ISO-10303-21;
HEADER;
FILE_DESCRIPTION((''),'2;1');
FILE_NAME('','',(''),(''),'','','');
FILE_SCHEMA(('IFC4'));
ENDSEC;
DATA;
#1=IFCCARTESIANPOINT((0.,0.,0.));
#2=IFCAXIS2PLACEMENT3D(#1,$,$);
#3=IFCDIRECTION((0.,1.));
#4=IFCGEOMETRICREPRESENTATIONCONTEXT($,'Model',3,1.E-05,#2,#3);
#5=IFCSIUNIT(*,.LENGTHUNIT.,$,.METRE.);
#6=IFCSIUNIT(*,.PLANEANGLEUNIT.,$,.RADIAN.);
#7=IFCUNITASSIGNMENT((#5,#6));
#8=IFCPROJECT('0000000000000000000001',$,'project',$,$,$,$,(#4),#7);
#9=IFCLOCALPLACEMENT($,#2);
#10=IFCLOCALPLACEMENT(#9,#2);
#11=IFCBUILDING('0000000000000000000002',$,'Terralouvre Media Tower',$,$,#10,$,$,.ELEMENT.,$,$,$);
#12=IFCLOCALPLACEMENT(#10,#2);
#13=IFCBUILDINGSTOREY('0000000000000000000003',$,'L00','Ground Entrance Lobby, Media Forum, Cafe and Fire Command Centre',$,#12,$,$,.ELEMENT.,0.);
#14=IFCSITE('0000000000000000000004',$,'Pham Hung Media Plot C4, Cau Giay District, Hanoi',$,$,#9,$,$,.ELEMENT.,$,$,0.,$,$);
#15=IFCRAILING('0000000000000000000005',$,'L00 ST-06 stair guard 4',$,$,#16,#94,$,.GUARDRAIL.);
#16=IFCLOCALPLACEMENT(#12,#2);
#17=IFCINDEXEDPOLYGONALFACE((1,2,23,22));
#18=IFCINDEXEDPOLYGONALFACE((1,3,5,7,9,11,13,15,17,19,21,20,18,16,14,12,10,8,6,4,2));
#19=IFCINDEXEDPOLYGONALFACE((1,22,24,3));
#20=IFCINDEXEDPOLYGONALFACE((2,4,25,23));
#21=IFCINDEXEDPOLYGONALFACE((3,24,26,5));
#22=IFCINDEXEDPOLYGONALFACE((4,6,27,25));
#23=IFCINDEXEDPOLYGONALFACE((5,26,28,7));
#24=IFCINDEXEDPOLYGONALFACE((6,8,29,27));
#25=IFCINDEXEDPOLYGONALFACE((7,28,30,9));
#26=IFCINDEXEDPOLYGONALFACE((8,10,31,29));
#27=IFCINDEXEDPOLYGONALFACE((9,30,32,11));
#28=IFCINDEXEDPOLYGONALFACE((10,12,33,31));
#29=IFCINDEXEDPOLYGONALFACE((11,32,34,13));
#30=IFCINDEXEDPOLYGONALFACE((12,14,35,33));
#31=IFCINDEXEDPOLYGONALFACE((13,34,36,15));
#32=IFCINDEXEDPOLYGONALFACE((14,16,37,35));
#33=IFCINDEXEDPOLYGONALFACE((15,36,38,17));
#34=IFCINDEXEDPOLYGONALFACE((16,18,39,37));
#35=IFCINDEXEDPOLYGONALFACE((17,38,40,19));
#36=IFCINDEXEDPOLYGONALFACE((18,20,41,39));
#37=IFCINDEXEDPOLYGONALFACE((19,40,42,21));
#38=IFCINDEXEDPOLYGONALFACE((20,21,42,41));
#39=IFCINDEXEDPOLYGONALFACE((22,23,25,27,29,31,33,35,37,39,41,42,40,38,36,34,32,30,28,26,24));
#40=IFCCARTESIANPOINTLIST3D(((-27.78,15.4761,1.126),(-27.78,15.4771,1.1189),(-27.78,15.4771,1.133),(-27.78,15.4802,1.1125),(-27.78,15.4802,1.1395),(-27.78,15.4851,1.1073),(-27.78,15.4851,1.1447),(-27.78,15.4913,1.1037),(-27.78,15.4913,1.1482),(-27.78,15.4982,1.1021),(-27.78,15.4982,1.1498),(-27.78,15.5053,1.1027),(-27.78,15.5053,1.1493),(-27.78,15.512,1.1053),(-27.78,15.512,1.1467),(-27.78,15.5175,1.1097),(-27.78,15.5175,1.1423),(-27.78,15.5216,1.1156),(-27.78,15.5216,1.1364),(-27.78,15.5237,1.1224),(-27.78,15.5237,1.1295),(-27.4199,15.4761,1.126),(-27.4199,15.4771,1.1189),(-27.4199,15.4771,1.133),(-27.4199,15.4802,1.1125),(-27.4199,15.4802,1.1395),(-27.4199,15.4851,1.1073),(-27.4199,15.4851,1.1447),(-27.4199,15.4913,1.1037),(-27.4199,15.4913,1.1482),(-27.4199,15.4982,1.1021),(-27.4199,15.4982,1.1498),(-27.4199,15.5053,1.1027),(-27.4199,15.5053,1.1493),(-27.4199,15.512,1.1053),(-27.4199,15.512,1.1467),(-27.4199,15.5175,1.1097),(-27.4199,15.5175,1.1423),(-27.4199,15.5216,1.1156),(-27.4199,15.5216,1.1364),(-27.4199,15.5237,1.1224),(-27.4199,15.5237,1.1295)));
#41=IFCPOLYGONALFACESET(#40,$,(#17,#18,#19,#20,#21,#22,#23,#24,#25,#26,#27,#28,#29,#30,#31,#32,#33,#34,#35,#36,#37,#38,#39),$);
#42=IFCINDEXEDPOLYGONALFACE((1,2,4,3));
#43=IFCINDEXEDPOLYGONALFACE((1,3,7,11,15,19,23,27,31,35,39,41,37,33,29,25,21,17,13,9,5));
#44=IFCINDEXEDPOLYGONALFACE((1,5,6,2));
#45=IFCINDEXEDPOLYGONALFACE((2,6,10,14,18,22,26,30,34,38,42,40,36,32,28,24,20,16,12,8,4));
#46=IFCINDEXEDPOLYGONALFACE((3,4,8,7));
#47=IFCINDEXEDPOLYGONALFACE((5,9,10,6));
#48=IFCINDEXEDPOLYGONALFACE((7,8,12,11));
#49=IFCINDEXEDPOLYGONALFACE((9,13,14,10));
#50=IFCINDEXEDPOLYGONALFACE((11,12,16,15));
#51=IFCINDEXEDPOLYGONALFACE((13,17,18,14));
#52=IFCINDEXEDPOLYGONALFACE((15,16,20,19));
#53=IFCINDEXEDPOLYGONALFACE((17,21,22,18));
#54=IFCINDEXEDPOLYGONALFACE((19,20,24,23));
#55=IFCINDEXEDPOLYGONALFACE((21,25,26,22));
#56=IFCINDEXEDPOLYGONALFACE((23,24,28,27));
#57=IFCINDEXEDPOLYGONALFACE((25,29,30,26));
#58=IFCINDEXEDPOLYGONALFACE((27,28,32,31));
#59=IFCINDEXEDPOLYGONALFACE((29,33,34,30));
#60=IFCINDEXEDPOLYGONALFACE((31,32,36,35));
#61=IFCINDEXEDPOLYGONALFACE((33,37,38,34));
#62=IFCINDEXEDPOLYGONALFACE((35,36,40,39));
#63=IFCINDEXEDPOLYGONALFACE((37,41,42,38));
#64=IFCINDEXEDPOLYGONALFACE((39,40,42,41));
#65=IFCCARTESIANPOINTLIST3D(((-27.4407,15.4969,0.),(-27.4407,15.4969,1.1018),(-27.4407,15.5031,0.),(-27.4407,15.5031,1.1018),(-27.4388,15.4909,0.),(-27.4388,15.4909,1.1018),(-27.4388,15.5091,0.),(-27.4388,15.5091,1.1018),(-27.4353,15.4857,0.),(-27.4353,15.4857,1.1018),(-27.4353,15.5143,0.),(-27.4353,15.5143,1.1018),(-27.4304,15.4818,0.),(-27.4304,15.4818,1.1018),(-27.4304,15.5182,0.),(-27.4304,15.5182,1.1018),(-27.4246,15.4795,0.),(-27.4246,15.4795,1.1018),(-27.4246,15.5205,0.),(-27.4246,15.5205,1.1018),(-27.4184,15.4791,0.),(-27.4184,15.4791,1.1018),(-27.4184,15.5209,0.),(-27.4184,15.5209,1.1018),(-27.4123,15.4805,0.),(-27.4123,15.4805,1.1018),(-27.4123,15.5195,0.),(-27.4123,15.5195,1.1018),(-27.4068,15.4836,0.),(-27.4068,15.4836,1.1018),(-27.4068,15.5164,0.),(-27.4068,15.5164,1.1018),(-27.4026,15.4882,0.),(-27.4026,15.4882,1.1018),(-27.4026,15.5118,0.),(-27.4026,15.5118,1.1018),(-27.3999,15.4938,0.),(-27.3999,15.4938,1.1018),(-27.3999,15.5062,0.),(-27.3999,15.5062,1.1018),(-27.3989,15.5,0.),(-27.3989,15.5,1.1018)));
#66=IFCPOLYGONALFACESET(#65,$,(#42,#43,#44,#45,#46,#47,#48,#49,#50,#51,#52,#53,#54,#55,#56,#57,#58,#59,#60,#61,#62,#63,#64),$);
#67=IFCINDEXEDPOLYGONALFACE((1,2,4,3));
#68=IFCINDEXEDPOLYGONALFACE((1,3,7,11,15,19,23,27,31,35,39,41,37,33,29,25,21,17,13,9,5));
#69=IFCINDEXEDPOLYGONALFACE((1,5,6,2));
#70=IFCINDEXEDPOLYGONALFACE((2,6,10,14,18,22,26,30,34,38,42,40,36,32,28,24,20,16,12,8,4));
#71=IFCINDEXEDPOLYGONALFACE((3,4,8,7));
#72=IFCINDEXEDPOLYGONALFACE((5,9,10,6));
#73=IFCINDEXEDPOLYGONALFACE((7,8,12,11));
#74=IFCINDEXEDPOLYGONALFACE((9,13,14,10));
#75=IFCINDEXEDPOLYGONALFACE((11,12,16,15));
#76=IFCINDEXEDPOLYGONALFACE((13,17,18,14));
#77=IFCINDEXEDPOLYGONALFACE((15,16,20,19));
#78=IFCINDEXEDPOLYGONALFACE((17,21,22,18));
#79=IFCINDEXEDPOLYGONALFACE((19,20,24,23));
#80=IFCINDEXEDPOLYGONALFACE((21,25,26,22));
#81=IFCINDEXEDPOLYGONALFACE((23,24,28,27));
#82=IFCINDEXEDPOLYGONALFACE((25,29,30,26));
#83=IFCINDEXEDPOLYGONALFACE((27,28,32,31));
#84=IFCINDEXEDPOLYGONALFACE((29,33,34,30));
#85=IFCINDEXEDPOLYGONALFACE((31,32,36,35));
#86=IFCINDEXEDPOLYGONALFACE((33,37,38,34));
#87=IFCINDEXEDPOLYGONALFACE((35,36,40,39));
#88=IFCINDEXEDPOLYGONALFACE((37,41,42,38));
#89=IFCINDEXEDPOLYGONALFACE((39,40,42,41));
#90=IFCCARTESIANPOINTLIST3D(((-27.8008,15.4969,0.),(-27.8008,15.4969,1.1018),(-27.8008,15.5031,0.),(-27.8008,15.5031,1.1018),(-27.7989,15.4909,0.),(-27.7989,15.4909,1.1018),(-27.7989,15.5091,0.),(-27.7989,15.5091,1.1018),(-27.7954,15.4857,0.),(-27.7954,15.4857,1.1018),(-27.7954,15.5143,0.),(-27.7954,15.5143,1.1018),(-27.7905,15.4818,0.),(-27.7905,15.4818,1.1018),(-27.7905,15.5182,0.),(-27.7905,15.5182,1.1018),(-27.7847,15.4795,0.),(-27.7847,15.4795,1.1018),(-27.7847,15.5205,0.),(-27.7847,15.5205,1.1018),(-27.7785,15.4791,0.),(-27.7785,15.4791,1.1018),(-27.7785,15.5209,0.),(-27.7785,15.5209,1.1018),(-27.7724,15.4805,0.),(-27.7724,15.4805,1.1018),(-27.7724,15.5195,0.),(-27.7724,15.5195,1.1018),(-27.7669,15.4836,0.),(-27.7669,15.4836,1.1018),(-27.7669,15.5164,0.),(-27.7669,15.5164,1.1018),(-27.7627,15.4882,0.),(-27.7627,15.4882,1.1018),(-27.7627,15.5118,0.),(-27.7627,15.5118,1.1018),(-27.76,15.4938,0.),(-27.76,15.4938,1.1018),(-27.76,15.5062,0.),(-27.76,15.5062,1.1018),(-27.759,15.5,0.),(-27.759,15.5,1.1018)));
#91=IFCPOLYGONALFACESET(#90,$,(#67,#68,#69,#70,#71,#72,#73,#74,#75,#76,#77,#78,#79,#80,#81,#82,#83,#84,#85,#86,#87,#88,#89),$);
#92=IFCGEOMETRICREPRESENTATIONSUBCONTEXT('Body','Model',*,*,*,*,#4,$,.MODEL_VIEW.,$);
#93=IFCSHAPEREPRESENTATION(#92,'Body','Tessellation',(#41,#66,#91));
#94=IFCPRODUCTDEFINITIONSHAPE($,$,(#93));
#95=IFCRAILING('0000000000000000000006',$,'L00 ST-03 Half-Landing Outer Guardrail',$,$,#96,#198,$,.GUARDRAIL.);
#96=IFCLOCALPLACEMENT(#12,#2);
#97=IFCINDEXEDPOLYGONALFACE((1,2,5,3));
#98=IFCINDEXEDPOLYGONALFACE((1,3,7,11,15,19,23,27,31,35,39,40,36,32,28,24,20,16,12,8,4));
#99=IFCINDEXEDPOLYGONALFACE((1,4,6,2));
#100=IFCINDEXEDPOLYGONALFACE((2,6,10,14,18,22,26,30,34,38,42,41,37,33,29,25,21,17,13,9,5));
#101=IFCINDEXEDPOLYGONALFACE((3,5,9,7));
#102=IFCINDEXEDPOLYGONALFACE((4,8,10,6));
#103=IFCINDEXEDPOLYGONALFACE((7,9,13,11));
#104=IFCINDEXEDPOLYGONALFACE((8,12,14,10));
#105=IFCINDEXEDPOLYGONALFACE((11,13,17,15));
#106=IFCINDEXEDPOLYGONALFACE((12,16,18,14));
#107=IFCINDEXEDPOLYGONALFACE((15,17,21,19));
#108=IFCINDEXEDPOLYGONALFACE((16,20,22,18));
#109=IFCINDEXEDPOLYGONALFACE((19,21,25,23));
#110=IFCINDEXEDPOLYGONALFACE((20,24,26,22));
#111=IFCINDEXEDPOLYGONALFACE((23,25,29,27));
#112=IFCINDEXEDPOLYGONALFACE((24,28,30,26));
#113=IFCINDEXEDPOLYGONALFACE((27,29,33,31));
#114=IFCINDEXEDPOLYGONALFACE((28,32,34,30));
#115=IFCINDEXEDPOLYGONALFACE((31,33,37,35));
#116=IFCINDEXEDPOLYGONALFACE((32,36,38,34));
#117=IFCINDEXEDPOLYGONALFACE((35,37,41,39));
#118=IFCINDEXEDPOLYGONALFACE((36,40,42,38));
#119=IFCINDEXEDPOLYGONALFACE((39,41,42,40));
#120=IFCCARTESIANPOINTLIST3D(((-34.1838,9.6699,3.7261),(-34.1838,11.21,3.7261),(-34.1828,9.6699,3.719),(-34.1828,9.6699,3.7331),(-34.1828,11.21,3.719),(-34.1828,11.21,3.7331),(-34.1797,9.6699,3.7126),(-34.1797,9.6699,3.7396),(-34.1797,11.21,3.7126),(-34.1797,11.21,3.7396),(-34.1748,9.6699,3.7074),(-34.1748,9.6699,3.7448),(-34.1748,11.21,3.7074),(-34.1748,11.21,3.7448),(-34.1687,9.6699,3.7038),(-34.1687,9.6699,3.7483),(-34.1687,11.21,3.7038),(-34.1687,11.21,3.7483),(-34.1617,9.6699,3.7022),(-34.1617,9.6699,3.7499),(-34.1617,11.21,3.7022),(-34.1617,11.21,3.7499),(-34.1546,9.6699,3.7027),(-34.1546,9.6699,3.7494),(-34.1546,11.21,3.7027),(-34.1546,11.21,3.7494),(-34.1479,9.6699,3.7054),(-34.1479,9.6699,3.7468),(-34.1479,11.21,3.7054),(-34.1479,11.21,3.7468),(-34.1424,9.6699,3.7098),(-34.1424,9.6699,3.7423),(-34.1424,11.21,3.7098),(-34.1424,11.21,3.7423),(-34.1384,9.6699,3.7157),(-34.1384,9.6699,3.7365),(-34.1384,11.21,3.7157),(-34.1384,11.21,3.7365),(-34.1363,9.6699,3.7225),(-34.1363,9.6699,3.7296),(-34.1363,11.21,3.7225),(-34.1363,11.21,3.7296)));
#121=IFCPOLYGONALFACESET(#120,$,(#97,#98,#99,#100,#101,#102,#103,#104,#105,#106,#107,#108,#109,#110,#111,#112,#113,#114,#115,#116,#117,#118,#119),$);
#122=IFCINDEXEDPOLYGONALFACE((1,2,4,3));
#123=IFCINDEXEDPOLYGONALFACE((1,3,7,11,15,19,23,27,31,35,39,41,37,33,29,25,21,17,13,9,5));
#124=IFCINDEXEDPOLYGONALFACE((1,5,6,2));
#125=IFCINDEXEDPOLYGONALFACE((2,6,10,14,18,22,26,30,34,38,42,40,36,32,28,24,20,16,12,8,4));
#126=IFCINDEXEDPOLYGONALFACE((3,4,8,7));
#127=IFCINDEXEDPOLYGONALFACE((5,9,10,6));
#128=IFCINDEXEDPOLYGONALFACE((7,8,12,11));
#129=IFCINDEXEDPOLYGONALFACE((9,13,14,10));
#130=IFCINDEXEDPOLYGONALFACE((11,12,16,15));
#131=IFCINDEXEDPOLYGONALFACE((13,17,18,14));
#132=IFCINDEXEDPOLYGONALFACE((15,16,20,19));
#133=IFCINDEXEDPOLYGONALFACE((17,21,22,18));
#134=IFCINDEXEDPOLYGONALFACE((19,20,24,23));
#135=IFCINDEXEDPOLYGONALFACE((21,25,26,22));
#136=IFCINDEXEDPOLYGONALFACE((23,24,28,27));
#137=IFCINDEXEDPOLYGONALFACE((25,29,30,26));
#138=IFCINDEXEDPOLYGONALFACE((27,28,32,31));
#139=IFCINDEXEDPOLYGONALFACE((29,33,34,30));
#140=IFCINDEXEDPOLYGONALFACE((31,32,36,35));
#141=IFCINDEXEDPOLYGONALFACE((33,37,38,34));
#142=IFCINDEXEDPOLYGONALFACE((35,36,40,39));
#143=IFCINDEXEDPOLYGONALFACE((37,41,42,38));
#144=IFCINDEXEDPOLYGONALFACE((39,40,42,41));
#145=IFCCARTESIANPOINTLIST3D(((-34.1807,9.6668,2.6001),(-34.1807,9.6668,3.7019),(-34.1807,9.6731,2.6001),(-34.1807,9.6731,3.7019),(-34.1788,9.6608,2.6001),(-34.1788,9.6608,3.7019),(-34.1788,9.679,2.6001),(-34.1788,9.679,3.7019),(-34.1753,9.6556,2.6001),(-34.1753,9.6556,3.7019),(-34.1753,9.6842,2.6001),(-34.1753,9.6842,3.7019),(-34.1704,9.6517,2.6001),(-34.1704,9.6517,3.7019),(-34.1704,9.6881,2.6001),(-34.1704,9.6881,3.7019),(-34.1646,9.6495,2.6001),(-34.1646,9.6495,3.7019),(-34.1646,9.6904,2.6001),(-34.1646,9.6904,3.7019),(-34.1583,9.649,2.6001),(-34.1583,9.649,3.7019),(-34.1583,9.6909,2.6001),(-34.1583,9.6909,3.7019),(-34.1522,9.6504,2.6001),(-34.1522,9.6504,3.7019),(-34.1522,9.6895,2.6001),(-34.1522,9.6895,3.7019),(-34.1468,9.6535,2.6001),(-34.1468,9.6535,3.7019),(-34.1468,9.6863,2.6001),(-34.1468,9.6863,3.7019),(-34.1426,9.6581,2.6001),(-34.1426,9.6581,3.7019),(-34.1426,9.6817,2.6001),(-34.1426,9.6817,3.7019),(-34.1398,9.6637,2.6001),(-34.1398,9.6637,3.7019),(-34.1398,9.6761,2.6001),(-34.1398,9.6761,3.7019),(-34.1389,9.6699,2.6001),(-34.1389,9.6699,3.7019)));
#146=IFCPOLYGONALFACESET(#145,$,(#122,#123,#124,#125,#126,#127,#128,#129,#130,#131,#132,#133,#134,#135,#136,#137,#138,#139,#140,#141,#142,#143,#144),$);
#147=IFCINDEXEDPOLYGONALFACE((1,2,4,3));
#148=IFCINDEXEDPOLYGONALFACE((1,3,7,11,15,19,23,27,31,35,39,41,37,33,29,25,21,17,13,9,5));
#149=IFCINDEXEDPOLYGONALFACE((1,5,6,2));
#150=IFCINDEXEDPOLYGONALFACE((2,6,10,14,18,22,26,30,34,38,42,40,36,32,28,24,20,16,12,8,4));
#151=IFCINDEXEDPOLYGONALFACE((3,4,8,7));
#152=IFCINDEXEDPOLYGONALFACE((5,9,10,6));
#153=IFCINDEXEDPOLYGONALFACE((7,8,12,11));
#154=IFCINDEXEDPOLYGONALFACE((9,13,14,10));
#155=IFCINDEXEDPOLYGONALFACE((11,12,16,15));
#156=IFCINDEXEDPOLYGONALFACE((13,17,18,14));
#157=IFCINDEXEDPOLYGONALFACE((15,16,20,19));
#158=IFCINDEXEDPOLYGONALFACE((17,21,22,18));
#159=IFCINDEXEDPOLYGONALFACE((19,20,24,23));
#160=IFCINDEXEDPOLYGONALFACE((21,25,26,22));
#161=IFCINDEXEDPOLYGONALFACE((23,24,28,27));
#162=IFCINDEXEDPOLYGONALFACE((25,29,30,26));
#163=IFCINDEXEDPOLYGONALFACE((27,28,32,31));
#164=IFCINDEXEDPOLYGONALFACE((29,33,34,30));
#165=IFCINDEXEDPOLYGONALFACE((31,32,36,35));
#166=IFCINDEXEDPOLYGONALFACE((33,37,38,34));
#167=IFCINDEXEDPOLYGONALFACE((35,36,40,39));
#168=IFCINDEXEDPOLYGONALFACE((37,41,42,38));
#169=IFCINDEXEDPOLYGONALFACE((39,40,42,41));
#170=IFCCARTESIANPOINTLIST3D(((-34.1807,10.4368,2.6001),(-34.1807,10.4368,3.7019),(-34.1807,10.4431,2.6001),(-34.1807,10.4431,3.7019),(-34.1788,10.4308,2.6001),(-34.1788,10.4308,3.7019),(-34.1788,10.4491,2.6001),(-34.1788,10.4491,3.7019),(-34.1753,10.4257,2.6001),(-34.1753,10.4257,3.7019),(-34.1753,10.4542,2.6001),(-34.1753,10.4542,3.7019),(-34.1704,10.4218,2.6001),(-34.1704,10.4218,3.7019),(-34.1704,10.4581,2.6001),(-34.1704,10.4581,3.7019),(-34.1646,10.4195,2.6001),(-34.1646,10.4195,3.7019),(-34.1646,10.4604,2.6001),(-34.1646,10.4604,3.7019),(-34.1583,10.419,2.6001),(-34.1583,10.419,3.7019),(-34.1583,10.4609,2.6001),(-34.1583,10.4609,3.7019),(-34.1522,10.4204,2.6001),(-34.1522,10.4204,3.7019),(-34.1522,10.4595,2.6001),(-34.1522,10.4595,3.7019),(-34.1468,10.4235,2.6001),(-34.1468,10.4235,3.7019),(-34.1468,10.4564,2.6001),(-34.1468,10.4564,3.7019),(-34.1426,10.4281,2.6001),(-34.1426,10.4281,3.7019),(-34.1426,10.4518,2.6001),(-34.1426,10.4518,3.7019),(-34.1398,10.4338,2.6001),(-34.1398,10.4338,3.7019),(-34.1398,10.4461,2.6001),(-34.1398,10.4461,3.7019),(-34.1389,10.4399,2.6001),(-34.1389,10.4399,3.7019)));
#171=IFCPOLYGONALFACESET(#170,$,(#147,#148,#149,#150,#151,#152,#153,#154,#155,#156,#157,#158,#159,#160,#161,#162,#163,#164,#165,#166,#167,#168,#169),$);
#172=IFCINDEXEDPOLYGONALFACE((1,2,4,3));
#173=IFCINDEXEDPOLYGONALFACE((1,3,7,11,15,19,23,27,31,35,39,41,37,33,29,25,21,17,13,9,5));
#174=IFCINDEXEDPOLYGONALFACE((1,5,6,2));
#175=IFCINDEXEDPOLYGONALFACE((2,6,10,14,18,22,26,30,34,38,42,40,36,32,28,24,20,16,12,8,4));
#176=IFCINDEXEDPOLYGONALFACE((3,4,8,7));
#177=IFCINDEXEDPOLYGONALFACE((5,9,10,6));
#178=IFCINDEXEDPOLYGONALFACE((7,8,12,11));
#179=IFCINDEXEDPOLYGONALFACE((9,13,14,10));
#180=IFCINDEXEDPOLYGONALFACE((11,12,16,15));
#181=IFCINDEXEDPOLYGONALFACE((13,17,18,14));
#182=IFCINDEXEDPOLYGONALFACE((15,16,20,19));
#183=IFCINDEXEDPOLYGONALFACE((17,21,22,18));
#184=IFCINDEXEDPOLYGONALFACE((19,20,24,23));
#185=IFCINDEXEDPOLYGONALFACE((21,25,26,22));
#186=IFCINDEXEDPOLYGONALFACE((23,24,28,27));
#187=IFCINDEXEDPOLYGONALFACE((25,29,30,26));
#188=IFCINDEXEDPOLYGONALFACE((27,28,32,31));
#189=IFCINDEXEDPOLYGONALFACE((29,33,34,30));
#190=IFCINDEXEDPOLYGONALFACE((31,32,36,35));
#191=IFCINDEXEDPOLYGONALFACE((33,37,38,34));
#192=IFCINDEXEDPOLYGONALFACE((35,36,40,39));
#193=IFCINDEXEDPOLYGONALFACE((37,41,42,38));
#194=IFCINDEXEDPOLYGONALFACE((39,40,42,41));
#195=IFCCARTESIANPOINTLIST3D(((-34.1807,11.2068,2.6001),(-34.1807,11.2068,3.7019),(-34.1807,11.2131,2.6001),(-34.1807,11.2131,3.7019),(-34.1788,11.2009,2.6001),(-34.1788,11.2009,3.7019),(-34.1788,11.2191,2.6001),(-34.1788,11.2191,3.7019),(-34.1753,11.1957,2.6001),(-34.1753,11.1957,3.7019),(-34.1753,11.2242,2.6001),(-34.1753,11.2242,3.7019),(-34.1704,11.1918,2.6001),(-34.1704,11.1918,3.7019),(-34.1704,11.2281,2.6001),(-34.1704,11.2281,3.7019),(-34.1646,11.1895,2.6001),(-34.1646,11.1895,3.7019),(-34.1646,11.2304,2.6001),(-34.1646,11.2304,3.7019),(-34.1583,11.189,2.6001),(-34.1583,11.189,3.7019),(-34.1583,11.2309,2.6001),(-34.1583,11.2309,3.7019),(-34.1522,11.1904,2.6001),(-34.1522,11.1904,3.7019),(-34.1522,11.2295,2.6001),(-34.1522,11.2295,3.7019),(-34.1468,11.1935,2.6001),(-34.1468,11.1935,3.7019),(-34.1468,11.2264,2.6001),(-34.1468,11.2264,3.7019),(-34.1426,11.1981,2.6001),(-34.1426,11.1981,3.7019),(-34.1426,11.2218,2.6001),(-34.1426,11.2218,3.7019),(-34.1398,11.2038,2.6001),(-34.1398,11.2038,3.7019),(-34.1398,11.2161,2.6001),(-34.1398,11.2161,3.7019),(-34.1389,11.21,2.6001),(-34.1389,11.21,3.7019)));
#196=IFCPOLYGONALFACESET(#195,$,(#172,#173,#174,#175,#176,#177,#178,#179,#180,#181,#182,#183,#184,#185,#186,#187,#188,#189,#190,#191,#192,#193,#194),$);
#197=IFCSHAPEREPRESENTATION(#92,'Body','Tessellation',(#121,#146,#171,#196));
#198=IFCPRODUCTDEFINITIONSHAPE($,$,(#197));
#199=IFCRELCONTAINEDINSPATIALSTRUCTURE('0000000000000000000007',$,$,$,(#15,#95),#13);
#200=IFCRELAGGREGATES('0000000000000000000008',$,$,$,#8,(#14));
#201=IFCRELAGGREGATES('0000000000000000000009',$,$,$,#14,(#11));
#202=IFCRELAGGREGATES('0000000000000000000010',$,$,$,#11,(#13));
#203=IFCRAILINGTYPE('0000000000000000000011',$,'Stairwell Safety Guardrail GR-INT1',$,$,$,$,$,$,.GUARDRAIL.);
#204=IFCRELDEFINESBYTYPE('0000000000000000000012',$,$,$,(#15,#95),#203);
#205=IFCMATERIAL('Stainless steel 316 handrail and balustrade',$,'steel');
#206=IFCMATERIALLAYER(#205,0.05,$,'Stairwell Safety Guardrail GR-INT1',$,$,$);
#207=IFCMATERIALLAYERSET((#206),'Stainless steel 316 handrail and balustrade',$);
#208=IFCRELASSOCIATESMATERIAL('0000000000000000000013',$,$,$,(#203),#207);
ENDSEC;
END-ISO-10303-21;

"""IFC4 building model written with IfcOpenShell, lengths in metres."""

from ifc_helpers import new_model, si_unit, direction, frame, origin, origin_2d, place, context, subcontext, project, spatial, circle, extrude, material, layer, layer_set, type_object, element, save


model = new_model("IFC4")

# Units and contexts
model_context = context("Model", 3, precision=1e-05, world=origin(), true_north=direction((0.0, 1.0)))
body_context = subcontext(model_context, "Body", "Model", "MODEL_VIEW")
ifc_project = project(units=[si_unit("LENGTHUNIT", "METRE"), si_unit("PLANEANGLEUNIT", "RADIAN")], contexts=[model_context])

# Site, building, storey
site_placement = place(None, origin())
site = spatial("IfcSite", under=ifc_project, at=site_placement, Name="Pham Hung Media Plot C4, Cau Giay District, Hanoi", CompositionType="ELEMENT", RefElevation=0.0)
building_placement = place(site_placement, origin())
building = spatial("IfcBuilding", under=site, at=building_placement, Name="Terralouvre Media Tower", CompositionType="ELEMENT")
storey_placement = place(building_placement, origin())
storey = spatial("IfcBuildingStorey", under=building, at=storey_placement, Name="L00", Description="Ground Entrance Lobby, Media Forum, Cafe and Fire Command Centre", CompositionType="ELEMENT", Elevation=0.0)

# Railings
ifc_material_1 = material(Name="Stainless steel 316 handrail and balustrade", Category="steel")
ifc_layer_1 = layer(ifc_material_1, 0.05, Name="Stairwell Safety Guardrail GR-INT1")
ifc_layer_set_1 = layer_set([ifc_layer_1], Name="Stainless steel 316 handrail and balustrade")
railing_type_1 = type_object("IfcRailingType", Name="Stairwell Safety Guardrail GR-INT1", PredefinedType="GUARDRAIL", material=ifc_layer_set_1)
railing_1_placement = place(storey_placement, frame((-27.4199, 15.5, 0.0)))
element("IfcRailing", 1, at=railing_1_placement, inside=storey, type_object=railing_type_1, Name="L00 ST-06 stair guard 4", PredefinedType="GUARDRAIL", context=body_context, shape_type="SweptSolid", body=[
    extrude(circle(Radius=0.0239, at=origin_2d()), frame((0.0, 0.0, 1.126), z_axis=(-1.0, 0.0, 0.0), x_axis=(0.0, -1.0, 0.0)), (0.0, 0.0, 1.0), 0.3601),
    extrude(circle(Radius=0.021, at=origin_2d()), origin(), (0.0, 0.0, 1.0), 1.1018),
    extrude(circle(Radius=0.021, at=origin_2d()), frame((-0.3601, 0.0, 0.0)), (0.0, 0.0, 1.0), 1.1018),
])
railing_2_placement = place(storey_placement, frame((-34.1599, 9.6699, 2.6001)))
element("IfcRailing", 2, at=railing_2_placement, inside=storey, type_object=railing_type_1, Name="L00 ST-03 Half-Landing Outer Guardrail", PredefinedType="GUARDRAIL", context=body_context, shape_type="SweptSolid", body=[
    extrude(circle(Radius=0.0239, at=origin_2d()), frame((0.0, 0.0, 1.126), z_axis=(0.0, 1.0, 0.0), x_axis=(-1.0, 0.0, 0.0)), (0.0, 0.0, 1.0), 1.54),
    extrude(circle(Radius=0.021, at=origin_2d()), origin(), (0.0, 0.0, 1.0), 1.1018),
    extrude(circle(Radius=0.021, at=origin_2d()), frame((0.0, 0.77, 0.0)), (0.0, 0.0, 1.0), 1.1018),
    extrude(circle(Radius=0.021, at=origin_2d()), frame((0.0, 1.54, 0.0)), (0.0, 0.0, 1.0), 1.1018),
])

save(model, "model.ifc")
